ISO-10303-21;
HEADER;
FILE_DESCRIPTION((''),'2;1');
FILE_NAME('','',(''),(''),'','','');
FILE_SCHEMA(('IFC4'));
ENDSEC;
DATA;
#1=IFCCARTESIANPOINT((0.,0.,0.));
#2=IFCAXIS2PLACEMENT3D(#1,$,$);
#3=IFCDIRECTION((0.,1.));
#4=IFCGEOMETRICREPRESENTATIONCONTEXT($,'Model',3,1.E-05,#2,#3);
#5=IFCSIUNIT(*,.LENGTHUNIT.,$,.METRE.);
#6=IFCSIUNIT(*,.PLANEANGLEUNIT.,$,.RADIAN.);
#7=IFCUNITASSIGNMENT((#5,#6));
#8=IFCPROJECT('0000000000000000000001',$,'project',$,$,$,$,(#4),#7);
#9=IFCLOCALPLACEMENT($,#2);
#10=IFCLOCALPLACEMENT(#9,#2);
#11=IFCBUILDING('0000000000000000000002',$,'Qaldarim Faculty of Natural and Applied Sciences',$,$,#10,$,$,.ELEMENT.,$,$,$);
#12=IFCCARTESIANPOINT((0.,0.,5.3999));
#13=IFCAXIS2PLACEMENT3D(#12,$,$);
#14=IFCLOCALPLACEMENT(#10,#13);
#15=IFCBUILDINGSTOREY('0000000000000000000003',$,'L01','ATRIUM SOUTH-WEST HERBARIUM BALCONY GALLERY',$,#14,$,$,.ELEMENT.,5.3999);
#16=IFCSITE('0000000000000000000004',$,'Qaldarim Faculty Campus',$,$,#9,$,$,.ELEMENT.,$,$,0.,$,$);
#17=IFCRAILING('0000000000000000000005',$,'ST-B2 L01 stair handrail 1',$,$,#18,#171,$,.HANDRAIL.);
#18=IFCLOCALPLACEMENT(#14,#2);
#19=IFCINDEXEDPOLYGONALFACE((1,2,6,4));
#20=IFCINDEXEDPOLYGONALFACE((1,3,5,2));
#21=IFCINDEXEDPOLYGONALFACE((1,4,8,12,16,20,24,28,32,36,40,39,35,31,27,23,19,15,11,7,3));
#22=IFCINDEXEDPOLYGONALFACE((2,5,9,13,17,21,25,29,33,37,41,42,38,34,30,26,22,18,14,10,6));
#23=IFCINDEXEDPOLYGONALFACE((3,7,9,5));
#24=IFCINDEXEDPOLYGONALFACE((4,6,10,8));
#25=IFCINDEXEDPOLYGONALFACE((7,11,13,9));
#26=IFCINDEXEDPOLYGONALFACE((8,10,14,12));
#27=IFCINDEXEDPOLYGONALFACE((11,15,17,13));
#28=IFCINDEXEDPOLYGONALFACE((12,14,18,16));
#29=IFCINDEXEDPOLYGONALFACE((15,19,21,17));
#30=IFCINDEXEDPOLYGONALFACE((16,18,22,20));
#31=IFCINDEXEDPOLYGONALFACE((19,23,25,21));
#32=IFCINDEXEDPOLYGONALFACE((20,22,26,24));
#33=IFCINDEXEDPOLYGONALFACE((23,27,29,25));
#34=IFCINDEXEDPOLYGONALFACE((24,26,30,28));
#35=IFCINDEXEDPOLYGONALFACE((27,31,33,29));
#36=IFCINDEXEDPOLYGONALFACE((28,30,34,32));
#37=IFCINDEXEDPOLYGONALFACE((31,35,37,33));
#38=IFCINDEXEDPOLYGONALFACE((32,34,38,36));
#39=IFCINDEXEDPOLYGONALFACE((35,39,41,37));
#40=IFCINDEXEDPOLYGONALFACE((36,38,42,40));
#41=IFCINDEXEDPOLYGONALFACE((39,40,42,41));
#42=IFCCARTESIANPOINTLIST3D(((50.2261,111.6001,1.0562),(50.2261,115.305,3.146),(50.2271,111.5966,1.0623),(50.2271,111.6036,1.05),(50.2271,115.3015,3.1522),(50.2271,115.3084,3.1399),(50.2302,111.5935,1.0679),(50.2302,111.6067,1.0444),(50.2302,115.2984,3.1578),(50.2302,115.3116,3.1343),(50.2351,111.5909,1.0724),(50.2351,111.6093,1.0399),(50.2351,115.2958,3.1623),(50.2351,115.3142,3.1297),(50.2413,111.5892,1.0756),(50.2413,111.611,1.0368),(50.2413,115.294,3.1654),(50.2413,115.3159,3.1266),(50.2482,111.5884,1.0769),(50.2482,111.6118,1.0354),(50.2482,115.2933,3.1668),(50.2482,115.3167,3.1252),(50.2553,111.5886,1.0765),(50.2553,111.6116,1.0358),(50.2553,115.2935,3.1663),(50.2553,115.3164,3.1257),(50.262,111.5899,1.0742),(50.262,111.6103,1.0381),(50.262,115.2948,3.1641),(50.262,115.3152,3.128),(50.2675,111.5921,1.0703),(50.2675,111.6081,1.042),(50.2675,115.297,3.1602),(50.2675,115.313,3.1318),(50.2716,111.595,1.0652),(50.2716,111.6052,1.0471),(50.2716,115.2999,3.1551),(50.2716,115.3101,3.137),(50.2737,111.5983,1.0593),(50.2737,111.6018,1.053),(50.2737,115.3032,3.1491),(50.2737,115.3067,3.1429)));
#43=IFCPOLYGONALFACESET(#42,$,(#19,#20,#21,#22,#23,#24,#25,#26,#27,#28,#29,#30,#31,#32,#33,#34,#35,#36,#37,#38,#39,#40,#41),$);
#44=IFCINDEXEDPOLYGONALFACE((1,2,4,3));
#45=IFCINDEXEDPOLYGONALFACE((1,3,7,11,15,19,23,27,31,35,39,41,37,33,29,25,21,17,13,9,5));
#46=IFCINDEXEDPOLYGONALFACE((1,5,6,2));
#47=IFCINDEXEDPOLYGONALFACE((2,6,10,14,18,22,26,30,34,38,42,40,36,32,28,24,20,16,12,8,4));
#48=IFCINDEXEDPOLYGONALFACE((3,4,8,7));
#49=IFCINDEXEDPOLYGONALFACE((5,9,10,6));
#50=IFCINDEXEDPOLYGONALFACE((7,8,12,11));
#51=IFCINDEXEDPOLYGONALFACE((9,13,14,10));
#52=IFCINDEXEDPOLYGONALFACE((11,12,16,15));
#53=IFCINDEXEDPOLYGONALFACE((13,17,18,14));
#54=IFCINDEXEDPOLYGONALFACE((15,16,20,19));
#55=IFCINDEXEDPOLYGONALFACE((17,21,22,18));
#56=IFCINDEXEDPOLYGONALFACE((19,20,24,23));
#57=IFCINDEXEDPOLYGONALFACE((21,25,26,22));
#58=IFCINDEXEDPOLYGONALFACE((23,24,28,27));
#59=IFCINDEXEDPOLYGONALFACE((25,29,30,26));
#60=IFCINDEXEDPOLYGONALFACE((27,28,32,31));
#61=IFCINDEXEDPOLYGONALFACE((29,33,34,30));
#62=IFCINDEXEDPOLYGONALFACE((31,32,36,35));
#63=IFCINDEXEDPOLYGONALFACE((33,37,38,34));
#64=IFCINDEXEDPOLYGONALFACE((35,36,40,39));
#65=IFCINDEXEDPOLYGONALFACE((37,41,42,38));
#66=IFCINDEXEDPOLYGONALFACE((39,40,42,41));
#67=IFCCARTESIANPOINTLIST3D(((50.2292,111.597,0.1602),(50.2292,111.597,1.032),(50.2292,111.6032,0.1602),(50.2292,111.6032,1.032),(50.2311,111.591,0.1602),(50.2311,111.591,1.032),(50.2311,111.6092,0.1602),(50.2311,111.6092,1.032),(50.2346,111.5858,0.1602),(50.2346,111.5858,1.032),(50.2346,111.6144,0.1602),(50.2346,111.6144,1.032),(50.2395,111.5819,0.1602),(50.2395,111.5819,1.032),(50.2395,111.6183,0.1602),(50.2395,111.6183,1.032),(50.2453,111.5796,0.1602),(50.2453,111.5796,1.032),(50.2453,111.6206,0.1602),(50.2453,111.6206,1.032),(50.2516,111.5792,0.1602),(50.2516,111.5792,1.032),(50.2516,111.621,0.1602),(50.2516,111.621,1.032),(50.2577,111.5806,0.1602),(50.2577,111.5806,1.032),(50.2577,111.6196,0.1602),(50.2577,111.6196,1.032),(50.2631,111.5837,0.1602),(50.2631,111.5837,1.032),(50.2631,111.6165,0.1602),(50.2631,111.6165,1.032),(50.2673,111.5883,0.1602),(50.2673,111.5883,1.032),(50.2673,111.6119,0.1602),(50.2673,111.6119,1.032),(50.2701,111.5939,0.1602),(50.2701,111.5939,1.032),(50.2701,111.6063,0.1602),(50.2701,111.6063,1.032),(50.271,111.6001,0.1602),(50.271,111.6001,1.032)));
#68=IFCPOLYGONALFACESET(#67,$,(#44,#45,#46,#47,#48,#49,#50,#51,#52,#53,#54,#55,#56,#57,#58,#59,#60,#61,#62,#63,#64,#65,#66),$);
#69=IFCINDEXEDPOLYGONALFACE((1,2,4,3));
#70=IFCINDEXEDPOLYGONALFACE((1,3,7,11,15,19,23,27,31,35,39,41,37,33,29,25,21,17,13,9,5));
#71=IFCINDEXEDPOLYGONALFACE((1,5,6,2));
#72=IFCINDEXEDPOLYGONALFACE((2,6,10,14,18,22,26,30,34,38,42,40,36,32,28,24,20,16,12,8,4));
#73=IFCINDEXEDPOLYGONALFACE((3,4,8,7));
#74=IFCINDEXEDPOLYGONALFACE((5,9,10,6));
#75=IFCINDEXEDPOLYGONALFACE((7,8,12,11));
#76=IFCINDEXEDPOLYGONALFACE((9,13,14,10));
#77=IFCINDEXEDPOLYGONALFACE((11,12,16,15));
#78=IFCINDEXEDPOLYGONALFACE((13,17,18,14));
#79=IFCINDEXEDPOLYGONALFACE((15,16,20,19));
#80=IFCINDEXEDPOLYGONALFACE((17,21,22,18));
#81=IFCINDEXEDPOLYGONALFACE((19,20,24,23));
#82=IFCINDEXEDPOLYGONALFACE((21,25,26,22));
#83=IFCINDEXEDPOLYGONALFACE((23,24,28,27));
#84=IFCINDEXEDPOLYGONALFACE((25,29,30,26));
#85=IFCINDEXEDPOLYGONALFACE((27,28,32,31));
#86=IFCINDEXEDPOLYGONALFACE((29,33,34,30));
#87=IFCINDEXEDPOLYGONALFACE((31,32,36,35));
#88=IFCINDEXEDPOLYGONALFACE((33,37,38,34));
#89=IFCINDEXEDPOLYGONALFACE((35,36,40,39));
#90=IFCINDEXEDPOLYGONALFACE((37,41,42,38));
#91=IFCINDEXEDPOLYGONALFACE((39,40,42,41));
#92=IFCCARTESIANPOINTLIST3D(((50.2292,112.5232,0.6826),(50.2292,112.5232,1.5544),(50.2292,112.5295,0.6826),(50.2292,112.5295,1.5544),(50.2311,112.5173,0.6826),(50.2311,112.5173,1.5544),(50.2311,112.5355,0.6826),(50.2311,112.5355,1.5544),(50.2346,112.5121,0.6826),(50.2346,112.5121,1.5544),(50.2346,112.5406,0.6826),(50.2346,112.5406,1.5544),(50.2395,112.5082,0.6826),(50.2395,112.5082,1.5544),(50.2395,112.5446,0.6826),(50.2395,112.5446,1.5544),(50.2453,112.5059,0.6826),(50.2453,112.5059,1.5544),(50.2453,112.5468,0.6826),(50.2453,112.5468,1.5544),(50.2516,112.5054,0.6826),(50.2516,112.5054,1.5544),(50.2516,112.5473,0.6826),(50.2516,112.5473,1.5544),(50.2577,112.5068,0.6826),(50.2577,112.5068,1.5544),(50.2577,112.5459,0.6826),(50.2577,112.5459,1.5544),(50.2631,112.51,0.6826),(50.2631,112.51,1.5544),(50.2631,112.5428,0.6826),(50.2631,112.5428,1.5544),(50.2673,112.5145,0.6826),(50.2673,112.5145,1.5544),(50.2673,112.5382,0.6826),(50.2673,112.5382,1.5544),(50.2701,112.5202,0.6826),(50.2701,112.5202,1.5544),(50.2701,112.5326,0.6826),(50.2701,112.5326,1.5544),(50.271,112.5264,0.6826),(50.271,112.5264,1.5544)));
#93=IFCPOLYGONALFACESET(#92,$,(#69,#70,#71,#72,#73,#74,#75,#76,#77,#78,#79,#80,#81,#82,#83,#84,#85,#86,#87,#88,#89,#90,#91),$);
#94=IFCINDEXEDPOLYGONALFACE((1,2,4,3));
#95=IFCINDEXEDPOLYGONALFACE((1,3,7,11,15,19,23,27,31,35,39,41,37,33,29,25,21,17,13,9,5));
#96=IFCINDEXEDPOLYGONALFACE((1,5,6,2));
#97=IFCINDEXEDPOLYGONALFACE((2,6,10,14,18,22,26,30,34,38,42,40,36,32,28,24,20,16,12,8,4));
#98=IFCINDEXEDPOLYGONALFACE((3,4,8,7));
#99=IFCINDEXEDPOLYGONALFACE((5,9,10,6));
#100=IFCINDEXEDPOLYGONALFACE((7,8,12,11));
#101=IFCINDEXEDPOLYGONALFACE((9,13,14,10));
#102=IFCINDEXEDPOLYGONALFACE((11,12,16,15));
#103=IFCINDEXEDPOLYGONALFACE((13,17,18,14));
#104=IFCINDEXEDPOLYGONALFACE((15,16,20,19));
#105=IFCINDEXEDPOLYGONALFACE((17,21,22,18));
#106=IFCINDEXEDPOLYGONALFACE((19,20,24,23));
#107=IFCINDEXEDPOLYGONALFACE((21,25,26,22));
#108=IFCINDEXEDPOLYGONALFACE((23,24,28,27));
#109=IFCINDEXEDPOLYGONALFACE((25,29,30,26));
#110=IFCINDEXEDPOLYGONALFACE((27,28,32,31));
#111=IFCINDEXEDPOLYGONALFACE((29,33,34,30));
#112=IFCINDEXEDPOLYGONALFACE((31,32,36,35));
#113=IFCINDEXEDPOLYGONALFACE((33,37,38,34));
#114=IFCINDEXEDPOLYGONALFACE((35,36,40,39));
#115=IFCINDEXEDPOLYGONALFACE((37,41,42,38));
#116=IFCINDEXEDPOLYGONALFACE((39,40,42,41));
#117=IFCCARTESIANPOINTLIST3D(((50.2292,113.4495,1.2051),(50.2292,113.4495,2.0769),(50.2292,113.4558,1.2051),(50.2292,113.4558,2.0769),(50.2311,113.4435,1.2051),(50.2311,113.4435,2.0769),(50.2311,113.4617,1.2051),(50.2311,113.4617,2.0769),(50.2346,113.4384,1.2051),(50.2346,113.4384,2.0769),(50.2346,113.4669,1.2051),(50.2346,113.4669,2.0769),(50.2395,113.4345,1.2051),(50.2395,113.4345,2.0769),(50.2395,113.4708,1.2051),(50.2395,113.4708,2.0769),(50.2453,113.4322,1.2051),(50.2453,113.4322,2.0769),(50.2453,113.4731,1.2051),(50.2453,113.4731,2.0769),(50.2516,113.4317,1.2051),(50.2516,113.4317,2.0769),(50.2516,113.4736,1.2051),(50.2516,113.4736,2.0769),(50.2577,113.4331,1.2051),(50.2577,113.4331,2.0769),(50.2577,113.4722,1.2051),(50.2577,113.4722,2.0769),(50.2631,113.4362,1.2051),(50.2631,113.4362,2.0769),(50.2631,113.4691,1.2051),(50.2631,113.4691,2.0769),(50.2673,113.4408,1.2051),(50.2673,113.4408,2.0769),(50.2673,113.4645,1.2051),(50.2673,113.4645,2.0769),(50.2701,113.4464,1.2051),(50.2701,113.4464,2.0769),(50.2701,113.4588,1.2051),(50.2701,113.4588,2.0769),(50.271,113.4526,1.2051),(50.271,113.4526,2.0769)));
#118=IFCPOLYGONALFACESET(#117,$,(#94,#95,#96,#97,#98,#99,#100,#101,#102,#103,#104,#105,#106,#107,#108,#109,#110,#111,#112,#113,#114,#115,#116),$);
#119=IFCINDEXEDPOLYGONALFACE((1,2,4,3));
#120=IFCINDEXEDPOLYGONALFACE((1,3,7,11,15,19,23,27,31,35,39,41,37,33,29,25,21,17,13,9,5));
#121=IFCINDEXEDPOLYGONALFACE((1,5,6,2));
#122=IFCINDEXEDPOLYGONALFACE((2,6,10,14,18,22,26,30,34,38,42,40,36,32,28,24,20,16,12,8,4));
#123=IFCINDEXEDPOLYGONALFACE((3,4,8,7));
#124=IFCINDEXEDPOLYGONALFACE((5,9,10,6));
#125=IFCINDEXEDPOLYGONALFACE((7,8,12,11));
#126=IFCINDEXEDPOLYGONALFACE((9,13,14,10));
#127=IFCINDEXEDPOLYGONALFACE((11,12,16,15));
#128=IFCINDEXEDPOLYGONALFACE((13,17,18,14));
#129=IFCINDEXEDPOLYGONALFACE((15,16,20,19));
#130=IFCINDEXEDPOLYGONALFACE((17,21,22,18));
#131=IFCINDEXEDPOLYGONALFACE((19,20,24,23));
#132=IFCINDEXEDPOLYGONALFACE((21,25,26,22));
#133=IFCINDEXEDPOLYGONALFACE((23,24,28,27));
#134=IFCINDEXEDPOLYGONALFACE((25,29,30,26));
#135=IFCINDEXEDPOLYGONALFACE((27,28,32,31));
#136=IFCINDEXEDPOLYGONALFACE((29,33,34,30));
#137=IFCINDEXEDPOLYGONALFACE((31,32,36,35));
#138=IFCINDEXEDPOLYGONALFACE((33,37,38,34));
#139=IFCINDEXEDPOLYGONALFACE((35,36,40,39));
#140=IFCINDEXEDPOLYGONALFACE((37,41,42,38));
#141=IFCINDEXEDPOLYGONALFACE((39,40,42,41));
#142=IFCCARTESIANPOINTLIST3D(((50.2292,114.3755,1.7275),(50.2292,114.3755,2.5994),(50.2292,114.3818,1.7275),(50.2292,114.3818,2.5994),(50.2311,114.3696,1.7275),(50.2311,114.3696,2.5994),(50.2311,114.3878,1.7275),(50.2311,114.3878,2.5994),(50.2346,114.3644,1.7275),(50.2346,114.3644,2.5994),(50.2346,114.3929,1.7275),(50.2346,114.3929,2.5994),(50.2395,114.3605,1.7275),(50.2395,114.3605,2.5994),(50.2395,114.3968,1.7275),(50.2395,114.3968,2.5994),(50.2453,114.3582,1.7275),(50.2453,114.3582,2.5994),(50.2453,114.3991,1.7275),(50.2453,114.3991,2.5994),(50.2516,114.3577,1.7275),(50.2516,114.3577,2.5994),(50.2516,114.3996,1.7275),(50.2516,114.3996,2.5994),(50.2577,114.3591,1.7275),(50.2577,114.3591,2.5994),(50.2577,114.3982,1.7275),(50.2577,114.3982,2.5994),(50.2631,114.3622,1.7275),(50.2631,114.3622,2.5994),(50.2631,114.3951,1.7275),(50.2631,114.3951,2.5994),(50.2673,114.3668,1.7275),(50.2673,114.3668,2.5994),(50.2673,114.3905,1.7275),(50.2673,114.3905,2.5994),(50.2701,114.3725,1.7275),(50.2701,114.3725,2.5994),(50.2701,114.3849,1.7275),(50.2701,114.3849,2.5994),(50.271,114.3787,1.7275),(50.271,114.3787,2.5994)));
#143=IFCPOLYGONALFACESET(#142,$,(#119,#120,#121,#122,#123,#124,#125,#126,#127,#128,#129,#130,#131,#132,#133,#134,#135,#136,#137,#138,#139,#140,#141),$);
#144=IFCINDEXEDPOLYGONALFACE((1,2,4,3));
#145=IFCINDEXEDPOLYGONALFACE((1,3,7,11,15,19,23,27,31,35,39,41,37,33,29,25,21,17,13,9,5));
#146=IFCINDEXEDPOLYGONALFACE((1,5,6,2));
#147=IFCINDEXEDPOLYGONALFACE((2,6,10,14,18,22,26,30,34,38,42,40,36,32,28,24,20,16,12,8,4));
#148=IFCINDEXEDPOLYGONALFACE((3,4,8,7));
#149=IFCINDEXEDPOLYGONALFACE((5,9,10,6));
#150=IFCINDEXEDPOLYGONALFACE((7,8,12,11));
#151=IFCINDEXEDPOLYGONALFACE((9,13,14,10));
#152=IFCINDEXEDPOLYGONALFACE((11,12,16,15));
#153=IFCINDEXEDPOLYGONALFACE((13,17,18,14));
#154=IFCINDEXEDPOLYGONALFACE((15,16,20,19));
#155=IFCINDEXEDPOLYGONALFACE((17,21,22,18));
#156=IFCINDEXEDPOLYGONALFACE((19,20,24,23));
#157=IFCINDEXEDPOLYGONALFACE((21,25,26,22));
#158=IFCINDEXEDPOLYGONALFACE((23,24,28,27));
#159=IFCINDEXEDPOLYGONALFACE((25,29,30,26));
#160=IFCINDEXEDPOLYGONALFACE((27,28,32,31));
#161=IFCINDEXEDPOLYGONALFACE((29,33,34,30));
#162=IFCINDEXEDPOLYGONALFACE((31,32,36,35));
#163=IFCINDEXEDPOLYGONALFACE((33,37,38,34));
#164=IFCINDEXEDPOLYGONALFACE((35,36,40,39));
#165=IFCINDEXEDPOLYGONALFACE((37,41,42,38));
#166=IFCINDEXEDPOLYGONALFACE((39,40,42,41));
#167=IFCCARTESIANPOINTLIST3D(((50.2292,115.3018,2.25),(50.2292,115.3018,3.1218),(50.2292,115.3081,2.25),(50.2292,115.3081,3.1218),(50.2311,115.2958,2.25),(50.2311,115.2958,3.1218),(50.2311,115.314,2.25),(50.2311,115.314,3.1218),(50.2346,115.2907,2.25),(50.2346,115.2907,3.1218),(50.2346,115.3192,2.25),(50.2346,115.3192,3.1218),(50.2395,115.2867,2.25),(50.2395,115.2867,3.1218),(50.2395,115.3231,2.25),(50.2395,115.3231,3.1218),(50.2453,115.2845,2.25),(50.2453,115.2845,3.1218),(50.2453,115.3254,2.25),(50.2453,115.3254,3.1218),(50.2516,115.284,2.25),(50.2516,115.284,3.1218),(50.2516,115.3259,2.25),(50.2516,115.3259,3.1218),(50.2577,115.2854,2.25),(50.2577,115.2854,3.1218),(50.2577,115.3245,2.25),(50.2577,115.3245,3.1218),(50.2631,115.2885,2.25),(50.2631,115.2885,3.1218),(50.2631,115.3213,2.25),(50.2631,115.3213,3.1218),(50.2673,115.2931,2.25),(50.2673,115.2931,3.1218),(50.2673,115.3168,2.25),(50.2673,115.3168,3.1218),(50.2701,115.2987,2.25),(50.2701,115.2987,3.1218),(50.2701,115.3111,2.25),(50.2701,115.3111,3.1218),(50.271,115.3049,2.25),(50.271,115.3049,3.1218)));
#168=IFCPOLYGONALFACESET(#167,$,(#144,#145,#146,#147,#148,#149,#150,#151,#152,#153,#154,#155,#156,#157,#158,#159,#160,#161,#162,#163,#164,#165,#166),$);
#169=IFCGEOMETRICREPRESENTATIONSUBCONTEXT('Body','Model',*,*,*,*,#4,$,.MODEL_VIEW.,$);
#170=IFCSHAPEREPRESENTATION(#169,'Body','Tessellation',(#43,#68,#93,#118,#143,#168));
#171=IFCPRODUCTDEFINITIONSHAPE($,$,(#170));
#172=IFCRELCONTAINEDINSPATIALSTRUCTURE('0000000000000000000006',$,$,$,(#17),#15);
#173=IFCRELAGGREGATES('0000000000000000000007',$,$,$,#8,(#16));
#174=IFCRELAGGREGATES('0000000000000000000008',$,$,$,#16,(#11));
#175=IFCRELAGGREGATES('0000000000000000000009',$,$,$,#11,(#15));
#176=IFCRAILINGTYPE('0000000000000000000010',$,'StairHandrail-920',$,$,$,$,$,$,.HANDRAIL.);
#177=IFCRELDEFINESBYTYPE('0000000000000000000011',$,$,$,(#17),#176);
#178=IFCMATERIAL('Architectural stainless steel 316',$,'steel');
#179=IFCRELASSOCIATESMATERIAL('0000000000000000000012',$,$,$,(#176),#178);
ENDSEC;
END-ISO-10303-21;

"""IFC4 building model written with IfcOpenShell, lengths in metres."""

from ifc_helpers import new_model, si_unit, direction, frame, origin, origin_2d, place, context, subcontext, project, spatial, circle, extrude, material, type_object, element, save


model = new_model("IFC4")

# Units and contexts
model_context = context("Model", 3, precision=1e-05, world=origin(), true_north=direction((0.0, 1.0)))
body_context = subcontext(model_context, "Body", "Model", "MODEL_VIEW")
ifc_project = project(units=[si_unit("LENGTHUNIT", "METRE"), si_unit("PLANEANGLEUNIT", "RADIAN")], contexts=[model_context])

# Site, building, storey
site_placement = place(None, origin())
site = spatial("IfcSite", under=ifc_project, at=site_placement, Name="Qaldarim Faculty Campus", CompositionType="ELEMENT", RefElevation=0.0)
building_placement = place(site_placement, origin())
building = spatial("IfcBuilding", under=site, at=building_placement, Name="Qaldarim Faculty of Natural and Applied Sciences", CompositionType="ELEMENT")
storey_placement = place(building_placement, frame((0.0, 0.0, 5.3999)))
storey = spatial("IfcBuildingStorey", under=building, at=storey_placement, Name="L01", Description="ATRIUM SOUTH-WEST HERBARIUM BALCONY GALLERY", CompositionType="ELEMENT", Elevation=5.3999)

# Shared definitions
ifc_material_1 = material(Name="Architectural stainless steel 316", Category="steel")

# Railing
railing_type_1 = type_object("IfcRailingType", Name="StairHandrail-920", PredefinedType="HANDRAIL", material=ifc_material_1)
railing_1_placement = place(storey_placement, frame((50.25, 111.6001, 0.1602)))
element("IfcRailing", 1, at=railing_1_placement, inside=storey, type_object=railing_type_1, Name="ST-B2 L01 stair handrail 1", PredefinedType="HANDRAIL", context=body_context, shape_type="SweptSolid", body=[
    extrude(circle(Radius=0.0239, at=origin_2d()), frame((0.0, 0.0, 0.896), z_axis=(0.0, 0.870985, 0.49131), x_axis=(-1.0, 0.0, 0.0)), (0.0, 0.0, 1.0), 4.2537),
    extrude(circle(Radius=0.021, at=origin_2d()), origin(), (0.0, 0.0, 1.0), 0.8718),
    extrude(circle(Radius=0.021, at=origin_2d()), frame((0.0, 0.9263, 0.5225)), (0.0, 0.0, 1.0), 0.8718),
    extrude(circle(Radius=0.021, at=origin_2d()), frame((0.0, 1.8525, 1.0449)), (0.0, 0.0, 1.0), 0.8718),
    extrude(circle(Radius=0.021, at=origin_2d()), frame((0.0, 2.7786, 1.5674)), (0.0, 0.0, 1.0), 0.8718),
    extrude(circle(Radius=0.021, at=origin_2d()), frame((0.0, 3.7048, 2.0898)), (0.0, 0.0, 1.0), 0.8718),
])

save(model, "model.ifc")
